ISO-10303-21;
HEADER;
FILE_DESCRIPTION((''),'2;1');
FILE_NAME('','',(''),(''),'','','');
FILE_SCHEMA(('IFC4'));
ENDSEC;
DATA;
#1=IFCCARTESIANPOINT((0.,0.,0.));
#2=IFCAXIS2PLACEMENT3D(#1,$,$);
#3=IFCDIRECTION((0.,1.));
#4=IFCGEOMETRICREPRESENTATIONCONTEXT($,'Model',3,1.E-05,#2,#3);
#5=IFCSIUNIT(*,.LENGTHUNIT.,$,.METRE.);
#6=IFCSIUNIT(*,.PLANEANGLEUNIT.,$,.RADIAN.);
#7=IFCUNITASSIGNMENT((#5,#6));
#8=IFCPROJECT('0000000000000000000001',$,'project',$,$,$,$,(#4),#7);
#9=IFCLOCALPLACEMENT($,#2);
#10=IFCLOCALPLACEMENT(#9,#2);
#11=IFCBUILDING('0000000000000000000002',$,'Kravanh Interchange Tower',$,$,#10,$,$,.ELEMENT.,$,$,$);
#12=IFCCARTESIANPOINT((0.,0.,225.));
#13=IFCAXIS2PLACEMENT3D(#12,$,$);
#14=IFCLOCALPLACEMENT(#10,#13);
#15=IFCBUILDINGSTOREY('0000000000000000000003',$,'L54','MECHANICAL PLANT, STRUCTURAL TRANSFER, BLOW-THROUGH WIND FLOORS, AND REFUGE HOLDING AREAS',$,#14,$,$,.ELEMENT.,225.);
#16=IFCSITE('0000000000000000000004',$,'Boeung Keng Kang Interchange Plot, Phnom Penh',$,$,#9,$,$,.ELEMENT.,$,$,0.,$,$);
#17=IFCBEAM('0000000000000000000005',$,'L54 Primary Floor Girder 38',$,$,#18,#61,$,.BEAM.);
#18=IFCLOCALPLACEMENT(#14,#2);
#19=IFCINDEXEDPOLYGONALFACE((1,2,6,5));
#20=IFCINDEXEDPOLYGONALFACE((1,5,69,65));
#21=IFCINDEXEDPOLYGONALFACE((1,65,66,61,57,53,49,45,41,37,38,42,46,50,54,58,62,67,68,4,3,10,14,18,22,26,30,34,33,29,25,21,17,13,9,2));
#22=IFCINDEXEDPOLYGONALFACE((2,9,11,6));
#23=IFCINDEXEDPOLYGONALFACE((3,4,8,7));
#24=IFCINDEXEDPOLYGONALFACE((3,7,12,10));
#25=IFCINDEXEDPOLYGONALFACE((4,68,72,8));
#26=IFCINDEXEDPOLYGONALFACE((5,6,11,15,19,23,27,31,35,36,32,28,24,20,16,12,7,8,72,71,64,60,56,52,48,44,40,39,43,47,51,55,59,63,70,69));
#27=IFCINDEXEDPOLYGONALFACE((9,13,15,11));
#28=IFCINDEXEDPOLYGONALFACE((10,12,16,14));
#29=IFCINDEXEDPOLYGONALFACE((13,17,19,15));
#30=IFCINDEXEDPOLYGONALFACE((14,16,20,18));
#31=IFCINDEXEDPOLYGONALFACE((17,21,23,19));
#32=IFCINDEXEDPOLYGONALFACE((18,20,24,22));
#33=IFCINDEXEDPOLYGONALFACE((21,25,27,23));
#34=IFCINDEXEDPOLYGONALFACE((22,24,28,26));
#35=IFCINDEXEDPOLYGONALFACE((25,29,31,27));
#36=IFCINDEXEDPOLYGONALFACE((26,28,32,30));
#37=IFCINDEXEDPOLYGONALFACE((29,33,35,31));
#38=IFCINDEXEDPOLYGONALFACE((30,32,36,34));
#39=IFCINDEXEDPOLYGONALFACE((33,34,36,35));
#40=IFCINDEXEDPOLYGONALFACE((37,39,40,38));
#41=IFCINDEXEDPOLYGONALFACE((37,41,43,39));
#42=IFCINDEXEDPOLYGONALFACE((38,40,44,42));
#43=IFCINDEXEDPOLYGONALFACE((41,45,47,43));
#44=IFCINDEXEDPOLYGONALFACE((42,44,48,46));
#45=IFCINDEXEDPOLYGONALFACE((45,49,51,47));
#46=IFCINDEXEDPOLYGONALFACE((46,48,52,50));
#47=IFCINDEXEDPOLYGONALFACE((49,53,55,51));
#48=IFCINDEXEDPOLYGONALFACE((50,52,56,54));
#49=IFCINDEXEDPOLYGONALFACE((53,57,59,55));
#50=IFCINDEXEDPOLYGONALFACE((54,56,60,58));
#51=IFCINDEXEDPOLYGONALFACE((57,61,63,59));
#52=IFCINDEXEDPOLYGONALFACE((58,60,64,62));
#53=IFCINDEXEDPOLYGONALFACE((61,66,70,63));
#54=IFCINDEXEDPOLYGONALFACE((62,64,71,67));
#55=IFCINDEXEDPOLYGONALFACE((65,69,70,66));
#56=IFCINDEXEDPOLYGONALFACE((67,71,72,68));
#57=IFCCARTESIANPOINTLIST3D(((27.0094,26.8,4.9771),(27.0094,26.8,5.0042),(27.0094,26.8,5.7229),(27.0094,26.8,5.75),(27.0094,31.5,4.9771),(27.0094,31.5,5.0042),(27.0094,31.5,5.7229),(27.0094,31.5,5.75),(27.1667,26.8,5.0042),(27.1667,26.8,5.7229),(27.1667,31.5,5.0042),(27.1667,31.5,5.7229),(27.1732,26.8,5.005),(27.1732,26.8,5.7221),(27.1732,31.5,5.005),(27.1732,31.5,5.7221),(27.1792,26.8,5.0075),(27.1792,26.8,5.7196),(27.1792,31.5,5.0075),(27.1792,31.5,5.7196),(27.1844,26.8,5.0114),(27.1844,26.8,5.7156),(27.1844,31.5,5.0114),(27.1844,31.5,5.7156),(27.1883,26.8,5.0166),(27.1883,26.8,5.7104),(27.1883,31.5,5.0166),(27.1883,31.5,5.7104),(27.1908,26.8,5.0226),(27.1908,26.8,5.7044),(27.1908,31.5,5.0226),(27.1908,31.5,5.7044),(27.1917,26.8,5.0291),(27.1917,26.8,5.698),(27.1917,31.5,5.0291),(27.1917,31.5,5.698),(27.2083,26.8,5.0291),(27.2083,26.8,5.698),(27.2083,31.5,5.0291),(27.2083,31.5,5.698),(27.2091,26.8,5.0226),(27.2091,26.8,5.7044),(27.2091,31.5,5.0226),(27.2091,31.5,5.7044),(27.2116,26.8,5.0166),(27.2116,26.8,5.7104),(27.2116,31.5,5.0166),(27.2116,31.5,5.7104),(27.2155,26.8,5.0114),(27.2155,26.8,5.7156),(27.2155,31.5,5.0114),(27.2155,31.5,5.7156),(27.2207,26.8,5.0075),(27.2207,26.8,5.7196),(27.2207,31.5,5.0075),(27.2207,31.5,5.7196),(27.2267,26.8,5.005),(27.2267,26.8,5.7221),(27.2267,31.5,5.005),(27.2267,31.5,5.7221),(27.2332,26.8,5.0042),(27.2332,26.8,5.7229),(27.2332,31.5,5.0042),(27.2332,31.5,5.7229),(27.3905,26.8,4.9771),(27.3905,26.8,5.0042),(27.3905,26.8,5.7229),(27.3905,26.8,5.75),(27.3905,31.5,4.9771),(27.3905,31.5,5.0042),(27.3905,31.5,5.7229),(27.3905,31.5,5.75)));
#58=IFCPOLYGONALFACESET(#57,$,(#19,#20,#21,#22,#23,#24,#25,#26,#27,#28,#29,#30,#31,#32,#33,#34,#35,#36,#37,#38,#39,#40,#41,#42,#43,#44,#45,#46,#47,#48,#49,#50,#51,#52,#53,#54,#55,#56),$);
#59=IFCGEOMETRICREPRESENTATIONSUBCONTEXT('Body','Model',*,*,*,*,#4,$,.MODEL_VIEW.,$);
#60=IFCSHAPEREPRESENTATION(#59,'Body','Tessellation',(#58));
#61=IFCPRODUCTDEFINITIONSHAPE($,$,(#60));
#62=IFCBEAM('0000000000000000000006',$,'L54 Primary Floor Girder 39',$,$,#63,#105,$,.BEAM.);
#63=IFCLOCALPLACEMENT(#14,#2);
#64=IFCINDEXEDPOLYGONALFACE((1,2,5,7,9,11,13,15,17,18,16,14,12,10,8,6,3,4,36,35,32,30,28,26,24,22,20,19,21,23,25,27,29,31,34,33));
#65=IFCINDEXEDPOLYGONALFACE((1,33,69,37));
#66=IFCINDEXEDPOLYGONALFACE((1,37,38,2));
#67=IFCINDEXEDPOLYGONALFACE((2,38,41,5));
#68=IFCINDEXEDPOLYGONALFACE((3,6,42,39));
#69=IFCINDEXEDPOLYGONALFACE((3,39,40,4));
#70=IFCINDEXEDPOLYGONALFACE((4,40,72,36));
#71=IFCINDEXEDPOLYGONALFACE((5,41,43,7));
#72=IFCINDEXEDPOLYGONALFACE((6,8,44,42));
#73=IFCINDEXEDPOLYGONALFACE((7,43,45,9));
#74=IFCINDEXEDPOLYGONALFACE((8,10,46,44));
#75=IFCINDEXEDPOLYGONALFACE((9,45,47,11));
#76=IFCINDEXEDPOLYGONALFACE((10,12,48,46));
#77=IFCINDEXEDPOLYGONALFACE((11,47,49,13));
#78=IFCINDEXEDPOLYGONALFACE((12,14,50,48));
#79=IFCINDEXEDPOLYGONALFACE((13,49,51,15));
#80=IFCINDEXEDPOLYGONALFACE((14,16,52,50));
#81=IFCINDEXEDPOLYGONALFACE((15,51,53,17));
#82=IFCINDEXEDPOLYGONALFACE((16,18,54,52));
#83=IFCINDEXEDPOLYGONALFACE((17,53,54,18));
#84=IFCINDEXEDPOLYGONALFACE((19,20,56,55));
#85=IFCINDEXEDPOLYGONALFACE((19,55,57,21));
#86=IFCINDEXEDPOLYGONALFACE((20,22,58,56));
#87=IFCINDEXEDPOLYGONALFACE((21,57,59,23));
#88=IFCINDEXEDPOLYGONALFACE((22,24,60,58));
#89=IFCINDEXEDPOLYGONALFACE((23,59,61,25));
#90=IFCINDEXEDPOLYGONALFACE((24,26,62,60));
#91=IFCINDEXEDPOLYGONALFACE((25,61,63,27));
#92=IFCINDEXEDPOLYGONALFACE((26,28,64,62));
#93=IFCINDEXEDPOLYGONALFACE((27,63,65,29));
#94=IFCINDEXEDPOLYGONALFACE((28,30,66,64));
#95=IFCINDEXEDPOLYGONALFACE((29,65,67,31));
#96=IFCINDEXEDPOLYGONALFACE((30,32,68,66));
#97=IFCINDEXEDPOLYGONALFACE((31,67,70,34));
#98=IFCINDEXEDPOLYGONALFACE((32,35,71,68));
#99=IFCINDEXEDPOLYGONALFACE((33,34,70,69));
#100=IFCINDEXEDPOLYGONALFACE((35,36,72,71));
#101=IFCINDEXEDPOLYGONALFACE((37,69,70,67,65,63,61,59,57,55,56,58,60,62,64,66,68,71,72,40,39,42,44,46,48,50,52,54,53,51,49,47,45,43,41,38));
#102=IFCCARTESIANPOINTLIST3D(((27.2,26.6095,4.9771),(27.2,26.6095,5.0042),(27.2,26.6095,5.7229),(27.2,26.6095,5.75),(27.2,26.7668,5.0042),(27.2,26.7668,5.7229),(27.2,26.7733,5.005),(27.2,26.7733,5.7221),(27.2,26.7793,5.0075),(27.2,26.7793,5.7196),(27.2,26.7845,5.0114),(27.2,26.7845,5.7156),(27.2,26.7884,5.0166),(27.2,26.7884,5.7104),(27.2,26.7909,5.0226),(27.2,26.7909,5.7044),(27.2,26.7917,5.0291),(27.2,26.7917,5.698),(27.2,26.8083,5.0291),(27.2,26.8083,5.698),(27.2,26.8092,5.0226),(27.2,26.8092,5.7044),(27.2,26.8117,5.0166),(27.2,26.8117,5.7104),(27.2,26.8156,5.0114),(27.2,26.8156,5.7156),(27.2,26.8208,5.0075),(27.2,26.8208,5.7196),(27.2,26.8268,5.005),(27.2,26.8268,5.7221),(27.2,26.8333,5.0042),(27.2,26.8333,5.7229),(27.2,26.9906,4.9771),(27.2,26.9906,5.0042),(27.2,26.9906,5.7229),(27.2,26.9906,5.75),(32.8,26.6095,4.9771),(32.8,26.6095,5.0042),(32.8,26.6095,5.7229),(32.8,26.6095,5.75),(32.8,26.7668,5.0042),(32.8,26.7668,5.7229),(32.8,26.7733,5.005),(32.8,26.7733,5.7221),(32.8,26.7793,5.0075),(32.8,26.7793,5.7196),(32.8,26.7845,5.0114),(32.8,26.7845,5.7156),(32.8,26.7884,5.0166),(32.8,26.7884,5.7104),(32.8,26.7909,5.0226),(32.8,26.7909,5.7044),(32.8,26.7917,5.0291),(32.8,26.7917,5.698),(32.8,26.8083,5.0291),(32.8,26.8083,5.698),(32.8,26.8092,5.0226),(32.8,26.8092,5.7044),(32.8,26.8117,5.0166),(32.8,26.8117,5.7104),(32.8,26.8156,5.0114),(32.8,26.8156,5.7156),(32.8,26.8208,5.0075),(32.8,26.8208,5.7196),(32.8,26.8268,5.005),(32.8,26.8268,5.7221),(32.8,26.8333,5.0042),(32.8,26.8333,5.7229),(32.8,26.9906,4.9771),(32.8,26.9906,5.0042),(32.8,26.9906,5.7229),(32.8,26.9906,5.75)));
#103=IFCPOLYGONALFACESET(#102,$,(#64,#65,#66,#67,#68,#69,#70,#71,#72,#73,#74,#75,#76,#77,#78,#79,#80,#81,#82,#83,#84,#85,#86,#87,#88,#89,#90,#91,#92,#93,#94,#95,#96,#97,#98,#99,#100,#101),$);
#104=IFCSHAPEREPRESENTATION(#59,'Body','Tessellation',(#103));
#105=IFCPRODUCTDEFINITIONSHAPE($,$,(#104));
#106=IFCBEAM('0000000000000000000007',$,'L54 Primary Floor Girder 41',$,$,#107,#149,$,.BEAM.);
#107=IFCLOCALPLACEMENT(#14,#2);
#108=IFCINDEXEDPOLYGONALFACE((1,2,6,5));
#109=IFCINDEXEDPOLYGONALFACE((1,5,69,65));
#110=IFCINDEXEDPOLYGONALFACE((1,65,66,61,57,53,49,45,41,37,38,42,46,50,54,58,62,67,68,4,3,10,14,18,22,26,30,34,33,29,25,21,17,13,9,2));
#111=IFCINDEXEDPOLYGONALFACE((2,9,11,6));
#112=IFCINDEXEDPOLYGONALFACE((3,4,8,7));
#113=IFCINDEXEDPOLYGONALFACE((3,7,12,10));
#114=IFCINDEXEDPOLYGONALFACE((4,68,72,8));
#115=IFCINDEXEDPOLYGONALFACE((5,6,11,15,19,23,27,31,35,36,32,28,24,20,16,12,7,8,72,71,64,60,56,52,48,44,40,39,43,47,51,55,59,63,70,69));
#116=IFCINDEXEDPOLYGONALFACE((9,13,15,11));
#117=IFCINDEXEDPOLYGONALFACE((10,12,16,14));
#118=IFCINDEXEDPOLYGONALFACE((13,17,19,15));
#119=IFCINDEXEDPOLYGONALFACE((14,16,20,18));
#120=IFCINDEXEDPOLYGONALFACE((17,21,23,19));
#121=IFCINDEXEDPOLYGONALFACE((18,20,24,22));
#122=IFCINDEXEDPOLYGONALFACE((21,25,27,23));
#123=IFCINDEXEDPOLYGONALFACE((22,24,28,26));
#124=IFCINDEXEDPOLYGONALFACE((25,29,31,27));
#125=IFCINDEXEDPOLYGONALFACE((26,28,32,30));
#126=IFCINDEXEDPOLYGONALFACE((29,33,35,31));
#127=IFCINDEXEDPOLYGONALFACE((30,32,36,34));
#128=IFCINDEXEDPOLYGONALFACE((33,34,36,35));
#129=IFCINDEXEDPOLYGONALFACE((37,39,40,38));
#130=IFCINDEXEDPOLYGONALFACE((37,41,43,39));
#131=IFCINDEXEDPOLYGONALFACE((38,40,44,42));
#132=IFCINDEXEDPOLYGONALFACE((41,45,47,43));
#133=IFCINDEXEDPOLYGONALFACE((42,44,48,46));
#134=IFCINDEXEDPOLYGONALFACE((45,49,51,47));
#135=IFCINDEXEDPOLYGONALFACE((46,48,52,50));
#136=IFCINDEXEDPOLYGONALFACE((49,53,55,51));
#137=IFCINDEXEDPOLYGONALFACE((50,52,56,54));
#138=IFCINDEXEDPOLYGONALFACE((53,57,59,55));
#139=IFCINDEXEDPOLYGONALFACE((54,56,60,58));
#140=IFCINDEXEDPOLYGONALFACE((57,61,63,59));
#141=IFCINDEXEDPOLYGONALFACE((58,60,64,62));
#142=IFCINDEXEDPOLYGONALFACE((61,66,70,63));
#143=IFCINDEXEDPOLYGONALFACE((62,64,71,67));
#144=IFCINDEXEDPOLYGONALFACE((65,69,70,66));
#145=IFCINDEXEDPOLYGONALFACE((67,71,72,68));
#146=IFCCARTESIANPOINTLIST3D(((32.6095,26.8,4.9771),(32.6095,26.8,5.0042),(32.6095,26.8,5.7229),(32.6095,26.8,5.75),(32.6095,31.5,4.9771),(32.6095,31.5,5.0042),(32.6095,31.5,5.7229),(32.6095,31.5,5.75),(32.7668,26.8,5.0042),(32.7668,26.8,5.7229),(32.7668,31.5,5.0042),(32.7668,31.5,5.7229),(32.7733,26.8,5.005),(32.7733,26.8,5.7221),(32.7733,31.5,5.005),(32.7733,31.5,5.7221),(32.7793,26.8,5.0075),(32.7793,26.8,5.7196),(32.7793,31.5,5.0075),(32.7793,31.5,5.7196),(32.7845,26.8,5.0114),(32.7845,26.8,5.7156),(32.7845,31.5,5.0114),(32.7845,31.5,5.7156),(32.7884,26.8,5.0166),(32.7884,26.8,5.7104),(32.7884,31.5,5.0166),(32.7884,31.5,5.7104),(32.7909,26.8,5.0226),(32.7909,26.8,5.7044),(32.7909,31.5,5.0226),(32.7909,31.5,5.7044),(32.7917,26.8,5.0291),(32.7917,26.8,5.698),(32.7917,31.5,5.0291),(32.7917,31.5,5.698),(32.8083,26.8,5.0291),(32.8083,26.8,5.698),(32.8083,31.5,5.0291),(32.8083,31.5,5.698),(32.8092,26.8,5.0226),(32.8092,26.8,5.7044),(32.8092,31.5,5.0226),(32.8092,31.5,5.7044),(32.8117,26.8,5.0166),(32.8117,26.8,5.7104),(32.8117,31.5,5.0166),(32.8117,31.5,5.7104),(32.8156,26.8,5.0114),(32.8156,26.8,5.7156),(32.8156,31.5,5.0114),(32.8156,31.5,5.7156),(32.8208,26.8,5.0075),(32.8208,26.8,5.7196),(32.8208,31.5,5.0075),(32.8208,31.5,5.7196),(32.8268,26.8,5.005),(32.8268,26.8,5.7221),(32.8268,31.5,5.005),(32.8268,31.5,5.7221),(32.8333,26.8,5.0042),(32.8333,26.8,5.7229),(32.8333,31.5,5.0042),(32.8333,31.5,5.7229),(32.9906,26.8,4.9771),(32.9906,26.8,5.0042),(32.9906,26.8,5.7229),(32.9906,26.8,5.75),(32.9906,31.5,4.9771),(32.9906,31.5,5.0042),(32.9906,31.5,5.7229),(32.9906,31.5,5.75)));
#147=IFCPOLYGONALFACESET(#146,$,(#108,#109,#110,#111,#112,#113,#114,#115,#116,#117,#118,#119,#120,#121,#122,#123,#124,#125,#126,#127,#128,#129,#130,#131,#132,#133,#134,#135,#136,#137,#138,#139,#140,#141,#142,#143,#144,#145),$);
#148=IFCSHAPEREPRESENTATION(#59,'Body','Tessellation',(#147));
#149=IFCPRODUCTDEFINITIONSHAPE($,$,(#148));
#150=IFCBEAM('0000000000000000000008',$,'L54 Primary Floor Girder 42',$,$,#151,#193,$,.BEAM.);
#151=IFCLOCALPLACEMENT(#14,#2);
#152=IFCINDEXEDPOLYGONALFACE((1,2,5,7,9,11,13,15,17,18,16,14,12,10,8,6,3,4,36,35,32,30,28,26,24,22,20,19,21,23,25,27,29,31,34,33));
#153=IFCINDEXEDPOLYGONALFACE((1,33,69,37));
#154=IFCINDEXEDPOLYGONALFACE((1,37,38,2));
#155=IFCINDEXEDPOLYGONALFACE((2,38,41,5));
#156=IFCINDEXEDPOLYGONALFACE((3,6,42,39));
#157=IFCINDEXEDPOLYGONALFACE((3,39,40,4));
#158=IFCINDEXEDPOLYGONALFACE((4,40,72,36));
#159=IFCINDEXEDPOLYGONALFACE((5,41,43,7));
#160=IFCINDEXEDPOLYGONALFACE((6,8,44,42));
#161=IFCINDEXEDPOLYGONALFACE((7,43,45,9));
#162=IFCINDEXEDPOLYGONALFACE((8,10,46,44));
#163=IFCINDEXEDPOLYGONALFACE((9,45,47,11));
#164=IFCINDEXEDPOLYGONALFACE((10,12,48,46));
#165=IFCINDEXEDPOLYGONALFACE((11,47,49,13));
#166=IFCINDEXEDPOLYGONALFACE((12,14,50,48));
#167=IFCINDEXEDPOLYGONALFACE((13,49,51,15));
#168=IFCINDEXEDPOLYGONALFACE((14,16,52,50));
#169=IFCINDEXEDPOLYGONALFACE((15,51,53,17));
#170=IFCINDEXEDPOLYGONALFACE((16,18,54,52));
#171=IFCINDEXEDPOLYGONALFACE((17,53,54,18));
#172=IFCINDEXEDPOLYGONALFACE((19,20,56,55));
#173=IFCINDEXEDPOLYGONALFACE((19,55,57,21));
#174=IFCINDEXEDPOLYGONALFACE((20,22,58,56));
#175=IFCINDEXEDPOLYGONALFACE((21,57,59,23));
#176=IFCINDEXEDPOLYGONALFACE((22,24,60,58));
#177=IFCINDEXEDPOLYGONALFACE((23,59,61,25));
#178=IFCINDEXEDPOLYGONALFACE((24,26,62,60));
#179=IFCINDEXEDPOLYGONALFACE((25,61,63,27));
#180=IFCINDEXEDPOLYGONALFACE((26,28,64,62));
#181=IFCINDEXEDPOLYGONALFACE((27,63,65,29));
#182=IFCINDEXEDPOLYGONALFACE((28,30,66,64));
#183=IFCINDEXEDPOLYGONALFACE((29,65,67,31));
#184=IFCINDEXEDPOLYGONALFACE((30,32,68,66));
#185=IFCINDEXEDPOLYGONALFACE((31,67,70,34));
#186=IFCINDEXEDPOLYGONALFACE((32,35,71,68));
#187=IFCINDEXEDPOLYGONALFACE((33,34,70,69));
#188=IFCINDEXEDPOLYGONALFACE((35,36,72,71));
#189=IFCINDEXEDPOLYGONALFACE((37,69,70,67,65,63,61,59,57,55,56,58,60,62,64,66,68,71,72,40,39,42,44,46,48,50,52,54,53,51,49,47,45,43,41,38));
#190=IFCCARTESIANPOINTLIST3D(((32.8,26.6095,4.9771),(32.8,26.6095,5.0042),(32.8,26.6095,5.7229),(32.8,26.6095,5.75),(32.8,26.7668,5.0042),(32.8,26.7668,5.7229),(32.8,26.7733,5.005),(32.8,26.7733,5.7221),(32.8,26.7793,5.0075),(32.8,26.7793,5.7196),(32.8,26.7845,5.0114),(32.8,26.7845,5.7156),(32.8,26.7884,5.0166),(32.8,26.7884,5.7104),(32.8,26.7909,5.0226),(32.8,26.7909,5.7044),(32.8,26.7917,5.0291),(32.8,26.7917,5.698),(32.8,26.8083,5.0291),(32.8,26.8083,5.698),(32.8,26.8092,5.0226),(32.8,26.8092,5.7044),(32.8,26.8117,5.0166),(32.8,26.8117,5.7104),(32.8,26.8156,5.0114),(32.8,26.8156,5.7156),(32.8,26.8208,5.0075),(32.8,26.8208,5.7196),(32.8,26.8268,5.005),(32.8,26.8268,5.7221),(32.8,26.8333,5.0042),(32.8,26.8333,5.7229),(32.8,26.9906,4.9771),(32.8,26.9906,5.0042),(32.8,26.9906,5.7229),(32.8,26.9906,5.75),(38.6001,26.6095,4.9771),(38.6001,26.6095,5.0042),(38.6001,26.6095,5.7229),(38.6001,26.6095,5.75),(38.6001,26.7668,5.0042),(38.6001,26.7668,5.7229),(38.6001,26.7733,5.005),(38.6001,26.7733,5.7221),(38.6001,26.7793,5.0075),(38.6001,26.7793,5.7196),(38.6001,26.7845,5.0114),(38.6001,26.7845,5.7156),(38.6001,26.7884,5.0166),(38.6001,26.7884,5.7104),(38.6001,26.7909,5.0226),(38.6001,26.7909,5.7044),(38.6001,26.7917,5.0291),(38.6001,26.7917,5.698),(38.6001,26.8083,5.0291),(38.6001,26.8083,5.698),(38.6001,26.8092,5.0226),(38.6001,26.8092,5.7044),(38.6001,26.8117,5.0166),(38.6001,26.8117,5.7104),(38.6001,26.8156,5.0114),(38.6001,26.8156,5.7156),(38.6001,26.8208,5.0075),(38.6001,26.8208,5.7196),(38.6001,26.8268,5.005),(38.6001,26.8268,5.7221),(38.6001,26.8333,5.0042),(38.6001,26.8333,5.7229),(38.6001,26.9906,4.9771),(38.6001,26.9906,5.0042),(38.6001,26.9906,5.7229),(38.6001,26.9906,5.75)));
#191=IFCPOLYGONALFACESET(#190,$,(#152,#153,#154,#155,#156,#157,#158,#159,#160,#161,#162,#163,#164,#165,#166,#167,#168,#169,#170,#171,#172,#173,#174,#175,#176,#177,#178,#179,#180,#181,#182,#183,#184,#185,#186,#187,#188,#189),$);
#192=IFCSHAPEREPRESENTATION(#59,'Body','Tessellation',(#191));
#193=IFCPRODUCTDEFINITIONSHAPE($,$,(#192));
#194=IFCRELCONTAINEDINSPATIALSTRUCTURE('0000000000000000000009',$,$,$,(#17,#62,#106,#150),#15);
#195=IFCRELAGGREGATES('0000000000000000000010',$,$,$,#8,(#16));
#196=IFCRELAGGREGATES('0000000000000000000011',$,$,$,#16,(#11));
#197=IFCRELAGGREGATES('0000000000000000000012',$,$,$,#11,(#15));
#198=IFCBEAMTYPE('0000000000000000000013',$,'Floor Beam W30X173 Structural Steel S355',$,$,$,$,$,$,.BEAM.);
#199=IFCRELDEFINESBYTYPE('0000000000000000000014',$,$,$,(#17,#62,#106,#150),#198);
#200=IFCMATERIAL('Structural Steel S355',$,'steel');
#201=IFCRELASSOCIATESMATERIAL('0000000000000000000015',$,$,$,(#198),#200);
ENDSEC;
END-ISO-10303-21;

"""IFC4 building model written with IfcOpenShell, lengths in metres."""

from ifc_helpers import new_model, si_unit, direction, frame, origin, origin_2d, place, context, subcontext, project, spatial, i_section, extrude, material, material_profile, profile_set, type_object, element, save


model = new_model("IFC4")

# Units and contexts
model_context = context("Model", 3, precision=1e-05, world=origin(), true_north=direction((0.0, 1.0)))
body_context = subcontext(model_context, "Body", "Model", "MODEL_VIEW")
ifc_project = project(units=[si_unit("LENGTHUNIT", "METRE"), si_unit("PLANEANGLEUNIT", "RADIAN")], contexts=[model_context])

# Site, building, storey
site_placement = place(None, origin())
site = spatial("IfcSite", under=ifc_project, at=site_placement, Name="Boeung Keng Kang Interchange Plot, Phnom Penh", CompositionType="ELEMENT", RefElevation=0.0)
building_placement = place(site_placement, origin())
building = spatial("IfcBuilding", under=site, at=building_placement, Name="Kravanh Interchange Tower", CompositionType="ELEMENT")
storey_placement = place(building_placement, frame((0.0, 0.0, 225.0)))
storey = spatial("IfcBuildingStorey", under=building, at=storey_placement, Name="L54", Description="MECHANICAL PLANT, STRUCTURAL TRANSFER, BLOW-THROUGH WIND FLOORS, AND REFUGE HOLDING AREAS", CompositionType="ELEMENT", Elevation=225.0)

# Beams
ifc_material_1 = material(Name="Structural Steel S355", Category="steel")
ifc_material_profile_1 = material_profile(ifc_material_1, i_section(OverallWidth=0.3811, OverallDepth=0.7729, WebThickness=0.0166, FlangeThickness=0.0271, FilletRadius=0.0249, at=origin_2d()), Name="W30X173")
ifc_profile_set_1 = profile_set([ifc_material_profile_1], Name="Structural Steel S355")
beam_type_1 = type_object("IfcBeamType", Name="Floor Beam W30X173 Structural Steel S355", PredefinedType="BEAM", material=ifc_profile_set_1)
beam_1_placement = place(storey_placement, frame((27.2, 26.8, 5.3635), z_axis=(0.0, 1.0, 0.0), x_axis=(-1.0, 0.0, 0.0)))
element("IfcBeam", 1, at=beam_1_placement, inside=storey, type_object=beam_type_1, Name="L54 Primary Floor Girder 38", PredefinedType="BEAM", context=body_context, shape_type="SweptSolid", body=[
    extrude(i_section(OverallWidth=0.3811, OverallDepth=0.7729, WebThickness=0.0166, FlangeThickness=0.0271, FilletRadius=0.0249, at=origin_2d()), origin(), (0.0, 0.0, 1.0), 4.7),
])
beam_2_placement = place(storey_placement, frame((27.2, 26.8, 5.3635), z_axis=(1.0, 0.0, 0.0), x_axis=(0.0, 1.0, 0.0)))
element("IfcBeam", 2, at=beam_2_placement, inside=storey, type_object=beam_type_1, Name="L54 Primary Floor Girder 39", PredefinedType="BEAM", context=body_context, shape_type="SweptSolid", body=[
    extrude(i_section(OverallWidth=0.3811, OverallDepth=0.7729, WebThickness=0.0166, FlangeThickness=0.0271, FilletRadius=0.0249, at=origin_2d()), origin(), (0.0, 0.0, 1.0), 5.6001),
])
beam_3_placement = place(storey_placement, frame((32.8, 26.8, 5.3635), z_axis=(0.0, 1.0, 0.0), x_axis=(-1.0, 0.0, 0.0)))
element("IfcBeam", 3, at=beam_3_placement, inside=storey, type_object=beam_type_1, Name="L54 Primary Floor Girder 41", PredefinedType="BEAM", context=body_context, shape_type="SweptSolid", body=[
    extrude(i_section(OverallWidth=0.3811, OverallDepth=0.7729, WebThickness=0.0166, FlangeThickness=0.0271, FilletRadius=0.0249, at=origin_2d()), origin(), (0.0, 0.0, 1.0), 4.7),
])
beam_4_placement = place(storey_placement, frame((32.8, 26.8, 5.3635), z_axis=(1.0, 0.0, 0.0), x_axis=(0.0, 1.0, 0.0)))
element("IfcBeam", 4, at=beam_4_placement, inside=storey, type_object=beam_type_1, Name="L54 Primary Floor Girder 42", PredefinedType="BEAM", context=body_context, shape_type="SweptSolid", body=[
    extrude(i_section(OverallWidth=0.3811, OverallDepth=0.7729, WebThickness=0.0166, FlangeThickness=0.0271, FilletRadius=0.0249, at=origin_2d()), origin(), (0.0, 0.0, 1.0), 5.8),
])

save(model, "model.ifc")
